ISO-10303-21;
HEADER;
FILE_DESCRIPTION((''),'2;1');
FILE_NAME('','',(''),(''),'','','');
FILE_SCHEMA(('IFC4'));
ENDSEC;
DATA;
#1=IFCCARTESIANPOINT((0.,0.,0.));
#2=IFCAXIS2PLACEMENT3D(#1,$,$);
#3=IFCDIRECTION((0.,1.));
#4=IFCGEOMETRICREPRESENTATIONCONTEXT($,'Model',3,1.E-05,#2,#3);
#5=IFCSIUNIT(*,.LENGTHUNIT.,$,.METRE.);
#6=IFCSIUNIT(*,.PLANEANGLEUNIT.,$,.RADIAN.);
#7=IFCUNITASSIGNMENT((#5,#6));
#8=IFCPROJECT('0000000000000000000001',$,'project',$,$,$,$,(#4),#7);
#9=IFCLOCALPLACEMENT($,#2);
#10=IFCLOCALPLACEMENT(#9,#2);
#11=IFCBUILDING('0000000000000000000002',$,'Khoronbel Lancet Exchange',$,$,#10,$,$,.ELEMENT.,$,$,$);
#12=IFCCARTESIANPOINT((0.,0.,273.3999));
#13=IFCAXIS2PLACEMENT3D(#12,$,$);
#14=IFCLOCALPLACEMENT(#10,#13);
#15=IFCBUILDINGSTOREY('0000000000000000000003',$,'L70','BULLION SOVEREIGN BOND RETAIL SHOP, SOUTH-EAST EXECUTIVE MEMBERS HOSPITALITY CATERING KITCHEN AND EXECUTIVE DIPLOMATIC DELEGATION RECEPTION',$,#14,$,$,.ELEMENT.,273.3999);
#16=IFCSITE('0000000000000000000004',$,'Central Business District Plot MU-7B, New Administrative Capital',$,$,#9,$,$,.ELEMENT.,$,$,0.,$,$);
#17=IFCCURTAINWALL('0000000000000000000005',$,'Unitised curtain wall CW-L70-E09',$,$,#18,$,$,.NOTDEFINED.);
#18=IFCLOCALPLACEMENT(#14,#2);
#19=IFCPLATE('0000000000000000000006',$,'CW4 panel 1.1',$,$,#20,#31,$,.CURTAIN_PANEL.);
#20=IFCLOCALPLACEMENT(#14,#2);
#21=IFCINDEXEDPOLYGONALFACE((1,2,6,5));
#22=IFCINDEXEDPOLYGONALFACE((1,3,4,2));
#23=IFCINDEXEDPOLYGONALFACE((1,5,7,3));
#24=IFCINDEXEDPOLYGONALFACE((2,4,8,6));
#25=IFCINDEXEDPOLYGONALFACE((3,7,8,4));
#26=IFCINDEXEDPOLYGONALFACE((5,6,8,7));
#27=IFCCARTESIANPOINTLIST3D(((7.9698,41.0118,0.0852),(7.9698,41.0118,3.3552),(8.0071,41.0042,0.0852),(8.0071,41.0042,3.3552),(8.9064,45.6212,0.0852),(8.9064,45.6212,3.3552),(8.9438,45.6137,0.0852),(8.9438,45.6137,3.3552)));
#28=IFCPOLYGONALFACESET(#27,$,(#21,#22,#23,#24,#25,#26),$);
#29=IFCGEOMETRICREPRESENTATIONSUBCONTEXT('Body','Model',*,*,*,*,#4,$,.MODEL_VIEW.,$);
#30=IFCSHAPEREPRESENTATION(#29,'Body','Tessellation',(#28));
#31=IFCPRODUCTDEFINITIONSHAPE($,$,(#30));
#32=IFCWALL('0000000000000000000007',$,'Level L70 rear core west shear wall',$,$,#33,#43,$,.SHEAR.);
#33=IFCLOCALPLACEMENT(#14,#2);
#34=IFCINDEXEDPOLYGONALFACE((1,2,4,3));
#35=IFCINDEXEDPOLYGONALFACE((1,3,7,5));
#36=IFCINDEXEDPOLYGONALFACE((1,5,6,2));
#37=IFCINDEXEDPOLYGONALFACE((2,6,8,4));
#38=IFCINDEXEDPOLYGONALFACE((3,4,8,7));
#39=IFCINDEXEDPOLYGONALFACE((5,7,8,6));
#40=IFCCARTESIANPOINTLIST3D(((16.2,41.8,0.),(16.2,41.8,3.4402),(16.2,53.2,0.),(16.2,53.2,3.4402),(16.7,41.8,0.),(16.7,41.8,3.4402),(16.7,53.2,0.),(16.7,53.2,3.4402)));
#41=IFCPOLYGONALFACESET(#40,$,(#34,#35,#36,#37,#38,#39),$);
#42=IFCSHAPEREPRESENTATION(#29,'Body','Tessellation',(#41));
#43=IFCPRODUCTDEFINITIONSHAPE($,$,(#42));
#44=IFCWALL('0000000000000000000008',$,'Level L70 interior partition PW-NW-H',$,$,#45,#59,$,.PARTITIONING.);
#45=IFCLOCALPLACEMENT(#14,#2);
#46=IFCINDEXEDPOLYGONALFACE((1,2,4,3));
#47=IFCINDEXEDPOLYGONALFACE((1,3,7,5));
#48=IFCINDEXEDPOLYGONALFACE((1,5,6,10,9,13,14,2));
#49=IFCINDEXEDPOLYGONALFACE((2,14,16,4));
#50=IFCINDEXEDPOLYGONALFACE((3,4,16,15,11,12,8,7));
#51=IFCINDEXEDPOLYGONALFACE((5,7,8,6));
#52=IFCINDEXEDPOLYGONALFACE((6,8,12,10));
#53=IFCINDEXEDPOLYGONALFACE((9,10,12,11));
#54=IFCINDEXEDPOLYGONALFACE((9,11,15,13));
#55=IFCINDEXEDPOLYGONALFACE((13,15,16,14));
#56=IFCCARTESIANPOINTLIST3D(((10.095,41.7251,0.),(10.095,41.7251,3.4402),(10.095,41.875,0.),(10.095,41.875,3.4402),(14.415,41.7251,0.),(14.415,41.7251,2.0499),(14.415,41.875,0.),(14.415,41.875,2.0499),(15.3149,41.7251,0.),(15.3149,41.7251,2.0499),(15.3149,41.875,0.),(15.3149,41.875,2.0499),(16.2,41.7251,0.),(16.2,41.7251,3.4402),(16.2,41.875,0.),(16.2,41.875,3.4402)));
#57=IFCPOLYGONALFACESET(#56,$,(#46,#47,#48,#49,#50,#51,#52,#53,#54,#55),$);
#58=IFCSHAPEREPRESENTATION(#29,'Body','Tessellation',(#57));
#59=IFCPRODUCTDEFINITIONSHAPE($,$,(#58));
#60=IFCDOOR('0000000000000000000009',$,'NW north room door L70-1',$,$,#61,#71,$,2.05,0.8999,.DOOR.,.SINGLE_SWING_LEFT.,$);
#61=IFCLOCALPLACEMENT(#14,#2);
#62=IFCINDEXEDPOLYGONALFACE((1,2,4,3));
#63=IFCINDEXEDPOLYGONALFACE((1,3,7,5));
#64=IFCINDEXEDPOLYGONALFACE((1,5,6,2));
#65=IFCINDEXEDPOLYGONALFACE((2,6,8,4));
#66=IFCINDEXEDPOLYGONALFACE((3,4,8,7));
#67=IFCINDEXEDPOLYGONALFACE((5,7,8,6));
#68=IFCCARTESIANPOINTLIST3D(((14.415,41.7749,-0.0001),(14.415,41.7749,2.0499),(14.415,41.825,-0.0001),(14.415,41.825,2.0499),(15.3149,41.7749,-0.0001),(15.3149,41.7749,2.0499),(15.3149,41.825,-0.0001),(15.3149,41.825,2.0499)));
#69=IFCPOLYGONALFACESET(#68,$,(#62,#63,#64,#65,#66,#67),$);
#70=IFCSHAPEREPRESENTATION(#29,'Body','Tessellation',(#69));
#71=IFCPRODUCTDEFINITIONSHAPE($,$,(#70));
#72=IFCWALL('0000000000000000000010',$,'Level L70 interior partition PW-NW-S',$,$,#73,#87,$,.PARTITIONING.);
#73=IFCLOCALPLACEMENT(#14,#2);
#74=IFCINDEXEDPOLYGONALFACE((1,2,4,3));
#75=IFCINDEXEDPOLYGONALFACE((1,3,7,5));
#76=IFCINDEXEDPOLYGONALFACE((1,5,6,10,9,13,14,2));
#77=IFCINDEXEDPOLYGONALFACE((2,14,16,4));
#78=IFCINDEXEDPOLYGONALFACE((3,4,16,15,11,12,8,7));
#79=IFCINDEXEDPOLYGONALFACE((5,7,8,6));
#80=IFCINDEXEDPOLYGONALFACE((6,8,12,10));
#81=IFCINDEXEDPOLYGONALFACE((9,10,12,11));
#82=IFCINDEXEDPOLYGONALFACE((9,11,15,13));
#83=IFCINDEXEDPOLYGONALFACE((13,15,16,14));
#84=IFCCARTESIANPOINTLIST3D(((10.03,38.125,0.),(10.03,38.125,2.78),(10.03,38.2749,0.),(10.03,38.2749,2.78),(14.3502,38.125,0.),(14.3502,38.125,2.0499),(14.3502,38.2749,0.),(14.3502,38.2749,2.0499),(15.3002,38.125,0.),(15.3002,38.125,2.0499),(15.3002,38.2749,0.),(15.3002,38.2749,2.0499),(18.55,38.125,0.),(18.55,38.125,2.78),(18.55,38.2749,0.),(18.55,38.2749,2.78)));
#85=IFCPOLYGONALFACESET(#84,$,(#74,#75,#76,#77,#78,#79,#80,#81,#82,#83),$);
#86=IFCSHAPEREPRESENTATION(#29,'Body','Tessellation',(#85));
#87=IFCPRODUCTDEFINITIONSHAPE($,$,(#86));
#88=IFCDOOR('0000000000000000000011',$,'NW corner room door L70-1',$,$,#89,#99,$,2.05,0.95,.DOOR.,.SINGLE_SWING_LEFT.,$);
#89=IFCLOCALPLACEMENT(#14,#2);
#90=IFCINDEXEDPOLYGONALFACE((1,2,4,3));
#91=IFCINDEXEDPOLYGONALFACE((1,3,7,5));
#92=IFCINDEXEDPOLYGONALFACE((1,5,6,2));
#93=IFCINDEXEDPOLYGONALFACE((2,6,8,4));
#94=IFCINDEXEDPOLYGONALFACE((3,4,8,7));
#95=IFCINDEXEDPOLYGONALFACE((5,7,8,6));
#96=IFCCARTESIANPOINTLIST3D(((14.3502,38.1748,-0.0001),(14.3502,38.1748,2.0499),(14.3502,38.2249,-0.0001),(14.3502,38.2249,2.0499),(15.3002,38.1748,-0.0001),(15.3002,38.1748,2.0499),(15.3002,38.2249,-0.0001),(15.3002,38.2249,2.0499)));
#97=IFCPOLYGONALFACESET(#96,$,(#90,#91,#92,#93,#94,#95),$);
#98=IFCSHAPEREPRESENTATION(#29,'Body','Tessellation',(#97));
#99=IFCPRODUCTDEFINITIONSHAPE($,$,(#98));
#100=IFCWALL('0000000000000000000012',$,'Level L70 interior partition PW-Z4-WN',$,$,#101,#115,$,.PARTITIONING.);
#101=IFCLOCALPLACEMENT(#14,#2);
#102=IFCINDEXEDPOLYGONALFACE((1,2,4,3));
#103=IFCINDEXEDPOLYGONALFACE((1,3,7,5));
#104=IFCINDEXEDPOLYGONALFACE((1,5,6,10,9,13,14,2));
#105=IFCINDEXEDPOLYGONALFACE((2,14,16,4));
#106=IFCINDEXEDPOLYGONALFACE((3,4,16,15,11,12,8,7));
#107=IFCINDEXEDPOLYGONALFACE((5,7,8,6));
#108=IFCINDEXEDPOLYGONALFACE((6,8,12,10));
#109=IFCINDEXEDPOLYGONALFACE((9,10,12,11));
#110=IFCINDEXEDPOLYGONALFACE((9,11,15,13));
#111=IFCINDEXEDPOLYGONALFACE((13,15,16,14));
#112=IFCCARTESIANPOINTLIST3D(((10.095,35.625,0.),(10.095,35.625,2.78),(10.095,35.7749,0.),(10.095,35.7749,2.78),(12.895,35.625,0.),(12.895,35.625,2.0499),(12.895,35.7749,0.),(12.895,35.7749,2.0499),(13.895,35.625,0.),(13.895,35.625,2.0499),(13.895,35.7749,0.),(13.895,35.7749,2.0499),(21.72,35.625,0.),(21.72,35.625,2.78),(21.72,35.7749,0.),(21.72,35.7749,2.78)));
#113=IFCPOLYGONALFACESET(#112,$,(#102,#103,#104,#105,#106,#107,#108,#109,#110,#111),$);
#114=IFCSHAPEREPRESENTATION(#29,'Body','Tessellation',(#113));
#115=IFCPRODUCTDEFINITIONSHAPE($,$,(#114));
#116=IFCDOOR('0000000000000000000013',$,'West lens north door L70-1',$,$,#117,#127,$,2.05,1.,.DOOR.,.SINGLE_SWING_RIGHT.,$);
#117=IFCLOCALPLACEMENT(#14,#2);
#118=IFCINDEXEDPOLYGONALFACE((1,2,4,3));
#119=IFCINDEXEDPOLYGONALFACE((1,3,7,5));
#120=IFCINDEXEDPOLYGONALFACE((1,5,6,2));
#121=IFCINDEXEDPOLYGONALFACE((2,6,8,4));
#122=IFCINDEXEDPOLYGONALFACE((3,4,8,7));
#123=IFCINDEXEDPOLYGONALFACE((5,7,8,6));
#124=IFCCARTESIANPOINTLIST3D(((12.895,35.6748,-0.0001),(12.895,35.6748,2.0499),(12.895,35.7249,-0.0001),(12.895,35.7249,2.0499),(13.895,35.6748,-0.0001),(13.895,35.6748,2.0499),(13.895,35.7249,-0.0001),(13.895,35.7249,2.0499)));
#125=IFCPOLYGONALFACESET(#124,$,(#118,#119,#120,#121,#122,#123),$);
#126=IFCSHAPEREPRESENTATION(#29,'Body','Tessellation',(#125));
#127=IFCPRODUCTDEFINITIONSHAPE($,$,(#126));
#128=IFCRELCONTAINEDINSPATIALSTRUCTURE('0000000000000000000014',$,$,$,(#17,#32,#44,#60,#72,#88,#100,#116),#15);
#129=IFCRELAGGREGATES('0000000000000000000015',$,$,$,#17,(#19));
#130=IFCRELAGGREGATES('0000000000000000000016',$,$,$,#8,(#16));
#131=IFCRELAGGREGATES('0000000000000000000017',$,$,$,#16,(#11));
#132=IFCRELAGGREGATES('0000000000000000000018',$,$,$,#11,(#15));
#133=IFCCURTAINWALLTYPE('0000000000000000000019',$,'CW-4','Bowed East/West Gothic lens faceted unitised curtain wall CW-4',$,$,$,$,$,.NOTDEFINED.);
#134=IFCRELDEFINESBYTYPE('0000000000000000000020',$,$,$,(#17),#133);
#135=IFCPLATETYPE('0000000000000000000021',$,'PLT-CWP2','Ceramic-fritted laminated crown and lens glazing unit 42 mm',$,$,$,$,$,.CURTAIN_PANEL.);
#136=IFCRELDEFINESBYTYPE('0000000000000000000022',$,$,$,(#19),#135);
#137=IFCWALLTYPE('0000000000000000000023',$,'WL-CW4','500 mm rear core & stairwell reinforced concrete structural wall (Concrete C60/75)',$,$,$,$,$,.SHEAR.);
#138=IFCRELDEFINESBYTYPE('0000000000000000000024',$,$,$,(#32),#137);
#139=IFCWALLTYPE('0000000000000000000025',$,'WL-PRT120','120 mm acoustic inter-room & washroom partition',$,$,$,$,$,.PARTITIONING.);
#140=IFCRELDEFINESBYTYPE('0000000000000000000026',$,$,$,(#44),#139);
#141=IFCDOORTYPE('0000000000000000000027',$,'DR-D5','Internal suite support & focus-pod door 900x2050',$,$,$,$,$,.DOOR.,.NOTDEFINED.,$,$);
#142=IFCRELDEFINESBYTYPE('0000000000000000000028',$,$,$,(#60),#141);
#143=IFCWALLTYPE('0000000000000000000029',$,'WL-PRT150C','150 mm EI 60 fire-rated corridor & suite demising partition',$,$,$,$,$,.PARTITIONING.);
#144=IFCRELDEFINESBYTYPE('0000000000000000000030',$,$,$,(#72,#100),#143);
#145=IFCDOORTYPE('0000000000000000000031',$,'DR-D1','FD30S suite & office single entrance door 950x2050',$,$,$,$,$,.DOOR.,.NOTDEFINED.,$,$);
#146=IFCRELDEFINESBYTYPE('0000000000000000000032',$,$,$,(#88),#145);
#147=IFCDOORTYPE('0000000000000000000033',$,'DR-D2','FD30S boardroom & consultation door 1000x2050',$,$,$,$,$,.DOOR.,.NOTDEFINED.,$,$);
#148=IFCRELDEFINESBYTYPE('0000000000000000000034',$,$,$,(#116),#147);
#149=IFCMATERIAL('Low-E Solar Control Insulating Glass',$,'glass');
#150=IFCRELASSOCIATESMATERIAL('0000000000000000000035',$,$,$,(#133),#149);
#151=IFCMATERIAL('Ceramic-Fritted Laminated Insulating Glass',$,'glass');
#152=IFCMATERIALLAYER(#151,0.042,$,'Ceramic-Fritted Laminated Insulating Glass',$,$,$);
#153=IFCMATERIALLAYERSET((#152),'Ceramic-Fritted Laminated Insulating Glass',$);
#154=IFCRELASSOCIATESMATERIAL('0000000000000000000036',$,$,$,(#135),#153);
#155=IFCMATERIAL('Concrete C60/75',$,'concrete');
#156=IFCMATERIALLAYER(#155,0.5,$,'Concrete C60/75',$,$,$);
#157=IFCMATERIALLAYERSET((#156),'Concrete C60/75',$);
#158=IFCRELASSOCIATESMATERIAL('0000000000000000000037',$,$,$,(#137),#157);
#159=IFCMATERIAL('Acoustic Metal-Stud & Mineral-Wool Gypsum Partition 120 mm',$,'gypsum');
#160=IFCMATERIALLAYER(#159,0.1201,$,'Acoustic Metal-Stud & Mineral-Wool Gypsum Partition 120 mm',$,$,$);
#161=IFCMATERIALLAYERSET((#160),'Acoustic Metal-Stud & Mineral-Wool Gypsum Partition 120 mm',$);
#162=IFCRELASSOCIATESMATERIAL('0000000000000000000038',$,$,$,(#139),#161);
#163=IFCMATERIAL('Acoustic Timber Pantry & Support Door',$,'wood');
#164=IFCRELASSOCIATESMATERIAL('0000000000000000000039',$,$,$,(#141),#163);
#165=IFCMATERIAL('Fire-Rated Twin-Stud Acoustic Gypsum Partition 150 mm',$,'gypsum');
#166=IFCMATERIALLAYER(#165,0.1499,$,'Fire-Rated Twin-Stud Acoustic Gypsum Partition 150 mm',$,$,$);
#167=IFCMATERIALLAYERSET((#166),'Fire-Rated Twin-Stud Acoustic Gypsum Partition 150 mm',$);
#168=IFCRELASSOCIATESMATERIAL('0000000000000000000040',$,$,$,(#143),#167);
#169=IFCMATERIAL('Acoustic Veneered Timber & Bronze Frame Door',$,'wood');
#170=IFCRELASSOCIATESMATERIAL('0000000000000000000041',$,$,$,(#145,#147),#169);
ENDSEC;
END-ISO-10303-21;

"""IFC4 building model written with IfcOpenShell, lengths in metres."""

from ifc_helpers import new_model, si_unit, direction, frame, frame_2d, origin, origin_2d, place, context, subcontext, project, spatial, rectangle, extrude, material, layer, layer_set, type_object, element, fill, aggregate, save


model = new_model("IFC4")

# Units and contexts
model_context = context("Model", 3, precision=1e-05, world=origin(), true_north=direction((0.0, 1.0)))
body_context = subcontext(model_context, "Body", "Model", "MODEL_VIEW")
ifc_project = project(units=[si_unit("LENGTHUNIT", "METRE"), si_unit("PLANEANGLEUNIT", "RADIAN")], contexts=[model_context])

# Site, building, storey
site_placement = place(None, origin())
site = spatial("IfcSite", under=ifc_project, at=site_placement, Name="Central Business District Plot MU-7B, New Administrative Capital", CompositionType="ELEMENT", RefElevation=0.0)
building_placement = place(site_placement, origin())
building = spatial("IfcBuilding", under=site, at=building_placement, Name="Khoronbel Lancet Exchange", CompositionType="ELEMENT")
storey_placement = place(building_placement, frame((0.0, 0.0, 273.3999)))
storey = spatial("IfcBuildingStorey", under=building, at=storey_placement, Name="L70", Description="BULLION SOVEREIGN BOND RETAIL SHOP, SOUTH-EAST EXECUTIVE MEMBERS HOSPITALITY CATERING KITCHEN AND EXECUTIVE DIPLOMATIC DELEGATION RECEPTION", CompositionType="ELEMENT", Elevation=273.3999)

# Shared definitions
ifc_material_1 = material(Name="Low-E Solar Control Insulating Glass", Category="glass")
curtain_wall_type = type_object("IfcCurtainWallType", Name="CW-4", Description="Bowed East/West Gothic lens faceted unitised curtain wall CW-4", PredefinedType="NOTDEFINED", material=ifc_material_1)

# Curtain wall
curtain_wall_1_placement = place(storey_placement, origin())
curtain_wall_1 = element("IfcCurtainWall", 1, at=curtain_wall_1_placement, inside=storey, type_object=curtain_wall_type, Name="Unitised curtain wall CW-L70-E09", PredefinedType="NOTDEFINED")

# Plate
ifc_material_2 = material(Name="Ceramic-Fritted Laminated Insulating Glass", Category="glass")
ifc_layer_1 = layer(ifc_material_2, 0.042, Name="Ceramic-Fritted Laminated Insulating Glass")
ifc_layer_set_1 = layer_set([ifc_layer_1], Name="Ceramic-Fritted Laminated Insulating Glass")
plate_type_1 = type_object("IfcPlateType", Name="PLT-CWP2", Description="Ceramic-fritted laminated crown and lens glazing unit 42 mm", PredefinedType="CURTAIN_PANEL", material=ifc_layer_set_1)
plate_1_placement = place(storey_placement, frame((8.4568, 43.3127, 0.0852), z_axis=(0.0, 0.0, 1.0), x_axis=(0.199126, 0.979974, 0.0)))
plate_1 = element("IfcPlate", 2, at=plate_1_placement, type_object=plate_type_1, Name="CW4 panel 1.1", PredefinedType="CURTAIN_PANEL", context=body_context, shape_type="SweptSolid", body=[
    extrude(rectangle(XDim=4.7036, YDim=0.0381, at=origin_2d()), origin(), (0.0, 0.0, 1.0), 3.27),
])
aggregate(curtain_wall_1, [plate_1])

# Wall
ifc_material_3 = material(Name="Concrete C60/75", Category="concrete")
ifc_layer_2 = layer(ifc_material_3, 0.5, Name="Concrete C60/75")
ifc_layer_set_2 = layer_set([ifc_layer_2], Name="Concrete C60/75")
wall_type_1 = type_object("IfcWallType", Name="WL-CW4", Description="500 mm rear core & stairwell reinforced concrete structural wall (Concrete C60/75)", PredefinedType="SHEAR", material=ifc_layer_set_2)
wall_1_placement = place(storey_placement, frame((16.45, 41.8, 0.0), z_axis=(0.0, 0.0, 1.0), x_axis=(0.0, 1.0, 0.0)))
element("IfcWall", 3, at=wall_1_placement, inside=storey, type_object=wall_type_1, Name="Level L70 rear core west shear wall", PredefinedType="SHEAR", context=body_context, shape_type="SweptSolid", body=[
    extrude(rectangle(XDim=11.3999, YDim=0.5, at=frame_2d((5.7, 0.0))), origin(), (0.0, 0.0, 1.0), 3.4402),
])

# Walls, openings, doors
ifc_material_4 = material(Name="Acoustic Metal-Stud & Mineral-Wool Gypsum Partition 120 mm", Category="gypsum")
ifc_layer_3 = layer(ifc_material_4, 0.1201, Name="Acoustic Metal-Stud & Mineral-Wool Gypsum Partition 120 mm")
ifc_layer_set_3 = layer_set([ifc_layer_3], Name="Acoustic Metal-Stud & Mineral-Wool Gypsum Partition 120 mm")
wall_type_2 = type_object("IfcWallType", Name="WL-PRT120", Description="120 mm acoustic inter-room & washroom partition", PredefinedType="PARTITIONING", material=ifc_layer_set_3)
wall_2_placement = place(storey_placement, frame((10.095, 41.8, 0.0), z_axis=(0.0, 0.0, 1.0), x_axis=(1.0, 0.0, 0.0)))
wall_2 = element("IfcWall", 4, at=wall_2_placement, inside=storey, type_object=wall_type_2, Name="Level L70 interior partition PW-NW-H", PredefinedType="PARTITIONING", context=body_context, shape_type="SweptSolid", body=[
    extrude(rectangle(XDim=6.105, YDim=0.1499, at=frame_2d((3.0525, 0.0))), origin(), (0.0, 0.0, 1.0), 3.4402),
])
opening_1_placement = place(wall_2_placement, frame((4.3201, 0.0, 0.0)))
opening_1 = element("IfcOpeningElement", 5, at=opening_1_placement, cuts=wall_2, PredefinedType="OPENING", context=body_context, shape_type="SweptSolid", body=[
    extrude(rectangle(XDim=0.8999, YDim=2.05, at=frame_2d((0.45, 1.0249))), frame((0.0, 0.085, 0.0), z_axis=(0.0, -1.0, 0.0), x_axis=(1.0, 0.0, 0.0)), (0.0, 0.0, 1.0), 0.1699),
])
ifc_material_5 = material(Name="Acoustic Timber Pantry & Support Door", Category="wood")
door_type_1 = type_object("IfcDoorType", Name="DR-D5", Description="Internal suite support & focus-pod door 900x2050", OperationType="NOTDEFINED", PredefinedType="DOOR", material=ifc_material_5)
door_1_placement = place(opening_1_placement, origin())
door_1 = element("IfcDoor", 6, at=door_1_placement, inside=storey, type_object=door_type_1, Name="NW north room door L70-1", OperationType="SINGLE_SWING_LEFT", OverallHeight=2.05, OverallWidth=0.8999, PredefinedType="DOOR", context=body_context, shape_type="SweptSolid", body=[
    extrude(rectangle(XDim=0.8999, YDim=2.05, at=frame_2d((0.45, 1.0249))), frame((0.0, 0.0249, 0.0), z_axis=(0.0, -1.0, 0.0), x_axis=(1.0, 0.0, 0.0)), (0.0, 0.0, 1.0), 0.05),
])
fill(opening_1, door_1)
ifc_material_6 = material(Name="Fire-Rated Twin-Stud Acoustic Gypsum Partition 150 mm", Category="gypsum")
ifc_layer_4 = layer(ifc_material_6, 0.1499, Name="Fire-Rated Twin-Stud Acoustic Gypsum Partition 150 mm")
ifc_layer_set_4 = layer_set([ifc_layer_4], Name="Fire-Rated Twin-Stud Acoustic Gypsum Partition 150 mm")
wall_type_3 = type_object("IfcWallType", Name="WL-PRT150C", Description="150 mm EI 60 fire-rated corridor & suite demising partition", PredefinedType="PARTITIONING", material=ifc_layer_set_4)
wall_3_placement = place(storey_placement, frame((10.03, 38.2, 0.0), z_axis=(0.0, 0.0, 1.0), x_axis=(1.0, 0.0, 0.0)))
wall_3 = element("IfcWall", 7, at=wall_3_placement, inside=storey, type_object=wall_type_3, Name="Level L70 interior partition PW-NW-S", PredefinedType="PARTITIONING", context=body_context, shape_type="SweptSolid", body=[
    extrude(rectangle(XDim=8.52, YDim=0.1499, at=frame_2d((4.26, 0.0))), origin(), (0.0, 0.0, 1.0), 2.78),
])
opening_2_placement = place(wall_3_placement, frame((4.3201, 0.0, 0.0)))
opening_2 = element("IfcOpeningElement", 8, at=opening_2_placement, cuts=wall_3, PredefinedType="OPENING", context=body_context, shape_type="SweptSolid", body=[
    extrude(rectangle(XDim=0.95, YDim=2.05, at=frame_2d((0.4751, 1.0249))), frame((0.0, 0.085, 0.0), z_axis=(0.0, -1.0, 0.0), x_axis=(1.0, 0.0, 0.0)), (0.0, 0.0, 1.0), 0.1699),
])
ifc_material_7 = material(Name="Acoustic Veneered Timber & Bronze Frame Door", Category="wood")
door_type_2 = type_object("IfcDoorType", Name="DR-D1", Description="FD30S suite & office single entrance door 950x2050", OperationType="NOTDEFINED", PredefinedType="DOOR", material=ifc_material_7)
door_2_placement = place(opening_2_placement, origin())
door_2 = element("IfcDoor", 9, at=door_2_placement, inside=storey, type_object=door_type_2, Name="NW corner room door L70-1", OperationType="SINGLE_SWING_LEFT", OverallHeight=2.05, OverallWidth=0.95, PredefinedType="DOOR", context=body_context, shape_type="SweptSolid", body=[
    extrude(rectangle(XDim=0.95, YDim=2.05, at=frame_2d((0.4751, 1.0249))), frame((0.0, 0.0249, 0.0), z_axis=(0.0, -1.0, 0.0), x_axis=(1.0, 0.0, 0.0)), (0.0, 0.0, 1.0), 0.05),
])
fill(opening_2, door_2)
wall_4_placement = place(storey_placement, frame((10.095, 35.7, 0.0), z_axis=(0.0, 0.0, 1.0), x_axis=(1.0, 0.0, 0.0)))
wall_4 = element("IfcWall", 10, at=wall_4_placement, inside=storey, type_object=wall_type_3, Name="Level L70 interior partition PW-Z4-WN", PredefinedType="PARTITIONING", context=body_context, shape_type="SweptSolid", body=[
    extrude(rectangle(XDim=11.625, YDim=0.1499, at=frame_2d((5.8125, 0.0))), origin(), (0.0, 0.0, 1.0), 2.78),
])
opening_3_placement = place(wall_4_placement, frame((2.8, 0.0, 0.0)))
opening_3 = element("IfcOpeningElement", 11, at=opening_3_placement, cuts=wall_4, PredefinedType="OPENING", context=body_context, shape_type="SweptSolid", body=[
    extrude(rectangle(XDim=1.0, YDim=2.05, at=frame_2d((0.5, 1.0249))), frame((0.0, 0.085, 0.0), z_axis=(0.0, -1.0, 0.0), x_axis=(1.0, 0.0, 0.0)), (0.0, 0.0, 1.0), 0.1699),
])
door_type_3 = type_object("IfcDoorType", Name="DR-D2", Description="FD30S boardroom & consultation door 1000x2050", OperationType="NOTDEFINED", PredefinedType="DOOR", material=ifc_material_7)
door_3_placement = place(opening_3_placement, origin())
door_3 = element("IfcDoor", 12, at=door_3_placement, inside=storey, type_object=door_type_3, Name="West lens north door L70-1", OperationType="SINGLE_SWING_RIGHT", OverallHeight=2.05, OverallWidth=1.0, PredefinedType="DOOR", context=body_context, shape_type="SweptSolid", body=[
    extrude(rectangle(XDim=1.0, YDim=2.05, at=frame_2d((0.5, 1.0249))), frame((0.0, 0.0249, 0.0), z_axis=(0.0, -1.0, 0.0), x_axis=(1.0, 0.0, 0.0)), (0.0, 0.0, 1.0), 0.05),
])
fill(opening_3, door_3)

save(model, "model.ifc")
